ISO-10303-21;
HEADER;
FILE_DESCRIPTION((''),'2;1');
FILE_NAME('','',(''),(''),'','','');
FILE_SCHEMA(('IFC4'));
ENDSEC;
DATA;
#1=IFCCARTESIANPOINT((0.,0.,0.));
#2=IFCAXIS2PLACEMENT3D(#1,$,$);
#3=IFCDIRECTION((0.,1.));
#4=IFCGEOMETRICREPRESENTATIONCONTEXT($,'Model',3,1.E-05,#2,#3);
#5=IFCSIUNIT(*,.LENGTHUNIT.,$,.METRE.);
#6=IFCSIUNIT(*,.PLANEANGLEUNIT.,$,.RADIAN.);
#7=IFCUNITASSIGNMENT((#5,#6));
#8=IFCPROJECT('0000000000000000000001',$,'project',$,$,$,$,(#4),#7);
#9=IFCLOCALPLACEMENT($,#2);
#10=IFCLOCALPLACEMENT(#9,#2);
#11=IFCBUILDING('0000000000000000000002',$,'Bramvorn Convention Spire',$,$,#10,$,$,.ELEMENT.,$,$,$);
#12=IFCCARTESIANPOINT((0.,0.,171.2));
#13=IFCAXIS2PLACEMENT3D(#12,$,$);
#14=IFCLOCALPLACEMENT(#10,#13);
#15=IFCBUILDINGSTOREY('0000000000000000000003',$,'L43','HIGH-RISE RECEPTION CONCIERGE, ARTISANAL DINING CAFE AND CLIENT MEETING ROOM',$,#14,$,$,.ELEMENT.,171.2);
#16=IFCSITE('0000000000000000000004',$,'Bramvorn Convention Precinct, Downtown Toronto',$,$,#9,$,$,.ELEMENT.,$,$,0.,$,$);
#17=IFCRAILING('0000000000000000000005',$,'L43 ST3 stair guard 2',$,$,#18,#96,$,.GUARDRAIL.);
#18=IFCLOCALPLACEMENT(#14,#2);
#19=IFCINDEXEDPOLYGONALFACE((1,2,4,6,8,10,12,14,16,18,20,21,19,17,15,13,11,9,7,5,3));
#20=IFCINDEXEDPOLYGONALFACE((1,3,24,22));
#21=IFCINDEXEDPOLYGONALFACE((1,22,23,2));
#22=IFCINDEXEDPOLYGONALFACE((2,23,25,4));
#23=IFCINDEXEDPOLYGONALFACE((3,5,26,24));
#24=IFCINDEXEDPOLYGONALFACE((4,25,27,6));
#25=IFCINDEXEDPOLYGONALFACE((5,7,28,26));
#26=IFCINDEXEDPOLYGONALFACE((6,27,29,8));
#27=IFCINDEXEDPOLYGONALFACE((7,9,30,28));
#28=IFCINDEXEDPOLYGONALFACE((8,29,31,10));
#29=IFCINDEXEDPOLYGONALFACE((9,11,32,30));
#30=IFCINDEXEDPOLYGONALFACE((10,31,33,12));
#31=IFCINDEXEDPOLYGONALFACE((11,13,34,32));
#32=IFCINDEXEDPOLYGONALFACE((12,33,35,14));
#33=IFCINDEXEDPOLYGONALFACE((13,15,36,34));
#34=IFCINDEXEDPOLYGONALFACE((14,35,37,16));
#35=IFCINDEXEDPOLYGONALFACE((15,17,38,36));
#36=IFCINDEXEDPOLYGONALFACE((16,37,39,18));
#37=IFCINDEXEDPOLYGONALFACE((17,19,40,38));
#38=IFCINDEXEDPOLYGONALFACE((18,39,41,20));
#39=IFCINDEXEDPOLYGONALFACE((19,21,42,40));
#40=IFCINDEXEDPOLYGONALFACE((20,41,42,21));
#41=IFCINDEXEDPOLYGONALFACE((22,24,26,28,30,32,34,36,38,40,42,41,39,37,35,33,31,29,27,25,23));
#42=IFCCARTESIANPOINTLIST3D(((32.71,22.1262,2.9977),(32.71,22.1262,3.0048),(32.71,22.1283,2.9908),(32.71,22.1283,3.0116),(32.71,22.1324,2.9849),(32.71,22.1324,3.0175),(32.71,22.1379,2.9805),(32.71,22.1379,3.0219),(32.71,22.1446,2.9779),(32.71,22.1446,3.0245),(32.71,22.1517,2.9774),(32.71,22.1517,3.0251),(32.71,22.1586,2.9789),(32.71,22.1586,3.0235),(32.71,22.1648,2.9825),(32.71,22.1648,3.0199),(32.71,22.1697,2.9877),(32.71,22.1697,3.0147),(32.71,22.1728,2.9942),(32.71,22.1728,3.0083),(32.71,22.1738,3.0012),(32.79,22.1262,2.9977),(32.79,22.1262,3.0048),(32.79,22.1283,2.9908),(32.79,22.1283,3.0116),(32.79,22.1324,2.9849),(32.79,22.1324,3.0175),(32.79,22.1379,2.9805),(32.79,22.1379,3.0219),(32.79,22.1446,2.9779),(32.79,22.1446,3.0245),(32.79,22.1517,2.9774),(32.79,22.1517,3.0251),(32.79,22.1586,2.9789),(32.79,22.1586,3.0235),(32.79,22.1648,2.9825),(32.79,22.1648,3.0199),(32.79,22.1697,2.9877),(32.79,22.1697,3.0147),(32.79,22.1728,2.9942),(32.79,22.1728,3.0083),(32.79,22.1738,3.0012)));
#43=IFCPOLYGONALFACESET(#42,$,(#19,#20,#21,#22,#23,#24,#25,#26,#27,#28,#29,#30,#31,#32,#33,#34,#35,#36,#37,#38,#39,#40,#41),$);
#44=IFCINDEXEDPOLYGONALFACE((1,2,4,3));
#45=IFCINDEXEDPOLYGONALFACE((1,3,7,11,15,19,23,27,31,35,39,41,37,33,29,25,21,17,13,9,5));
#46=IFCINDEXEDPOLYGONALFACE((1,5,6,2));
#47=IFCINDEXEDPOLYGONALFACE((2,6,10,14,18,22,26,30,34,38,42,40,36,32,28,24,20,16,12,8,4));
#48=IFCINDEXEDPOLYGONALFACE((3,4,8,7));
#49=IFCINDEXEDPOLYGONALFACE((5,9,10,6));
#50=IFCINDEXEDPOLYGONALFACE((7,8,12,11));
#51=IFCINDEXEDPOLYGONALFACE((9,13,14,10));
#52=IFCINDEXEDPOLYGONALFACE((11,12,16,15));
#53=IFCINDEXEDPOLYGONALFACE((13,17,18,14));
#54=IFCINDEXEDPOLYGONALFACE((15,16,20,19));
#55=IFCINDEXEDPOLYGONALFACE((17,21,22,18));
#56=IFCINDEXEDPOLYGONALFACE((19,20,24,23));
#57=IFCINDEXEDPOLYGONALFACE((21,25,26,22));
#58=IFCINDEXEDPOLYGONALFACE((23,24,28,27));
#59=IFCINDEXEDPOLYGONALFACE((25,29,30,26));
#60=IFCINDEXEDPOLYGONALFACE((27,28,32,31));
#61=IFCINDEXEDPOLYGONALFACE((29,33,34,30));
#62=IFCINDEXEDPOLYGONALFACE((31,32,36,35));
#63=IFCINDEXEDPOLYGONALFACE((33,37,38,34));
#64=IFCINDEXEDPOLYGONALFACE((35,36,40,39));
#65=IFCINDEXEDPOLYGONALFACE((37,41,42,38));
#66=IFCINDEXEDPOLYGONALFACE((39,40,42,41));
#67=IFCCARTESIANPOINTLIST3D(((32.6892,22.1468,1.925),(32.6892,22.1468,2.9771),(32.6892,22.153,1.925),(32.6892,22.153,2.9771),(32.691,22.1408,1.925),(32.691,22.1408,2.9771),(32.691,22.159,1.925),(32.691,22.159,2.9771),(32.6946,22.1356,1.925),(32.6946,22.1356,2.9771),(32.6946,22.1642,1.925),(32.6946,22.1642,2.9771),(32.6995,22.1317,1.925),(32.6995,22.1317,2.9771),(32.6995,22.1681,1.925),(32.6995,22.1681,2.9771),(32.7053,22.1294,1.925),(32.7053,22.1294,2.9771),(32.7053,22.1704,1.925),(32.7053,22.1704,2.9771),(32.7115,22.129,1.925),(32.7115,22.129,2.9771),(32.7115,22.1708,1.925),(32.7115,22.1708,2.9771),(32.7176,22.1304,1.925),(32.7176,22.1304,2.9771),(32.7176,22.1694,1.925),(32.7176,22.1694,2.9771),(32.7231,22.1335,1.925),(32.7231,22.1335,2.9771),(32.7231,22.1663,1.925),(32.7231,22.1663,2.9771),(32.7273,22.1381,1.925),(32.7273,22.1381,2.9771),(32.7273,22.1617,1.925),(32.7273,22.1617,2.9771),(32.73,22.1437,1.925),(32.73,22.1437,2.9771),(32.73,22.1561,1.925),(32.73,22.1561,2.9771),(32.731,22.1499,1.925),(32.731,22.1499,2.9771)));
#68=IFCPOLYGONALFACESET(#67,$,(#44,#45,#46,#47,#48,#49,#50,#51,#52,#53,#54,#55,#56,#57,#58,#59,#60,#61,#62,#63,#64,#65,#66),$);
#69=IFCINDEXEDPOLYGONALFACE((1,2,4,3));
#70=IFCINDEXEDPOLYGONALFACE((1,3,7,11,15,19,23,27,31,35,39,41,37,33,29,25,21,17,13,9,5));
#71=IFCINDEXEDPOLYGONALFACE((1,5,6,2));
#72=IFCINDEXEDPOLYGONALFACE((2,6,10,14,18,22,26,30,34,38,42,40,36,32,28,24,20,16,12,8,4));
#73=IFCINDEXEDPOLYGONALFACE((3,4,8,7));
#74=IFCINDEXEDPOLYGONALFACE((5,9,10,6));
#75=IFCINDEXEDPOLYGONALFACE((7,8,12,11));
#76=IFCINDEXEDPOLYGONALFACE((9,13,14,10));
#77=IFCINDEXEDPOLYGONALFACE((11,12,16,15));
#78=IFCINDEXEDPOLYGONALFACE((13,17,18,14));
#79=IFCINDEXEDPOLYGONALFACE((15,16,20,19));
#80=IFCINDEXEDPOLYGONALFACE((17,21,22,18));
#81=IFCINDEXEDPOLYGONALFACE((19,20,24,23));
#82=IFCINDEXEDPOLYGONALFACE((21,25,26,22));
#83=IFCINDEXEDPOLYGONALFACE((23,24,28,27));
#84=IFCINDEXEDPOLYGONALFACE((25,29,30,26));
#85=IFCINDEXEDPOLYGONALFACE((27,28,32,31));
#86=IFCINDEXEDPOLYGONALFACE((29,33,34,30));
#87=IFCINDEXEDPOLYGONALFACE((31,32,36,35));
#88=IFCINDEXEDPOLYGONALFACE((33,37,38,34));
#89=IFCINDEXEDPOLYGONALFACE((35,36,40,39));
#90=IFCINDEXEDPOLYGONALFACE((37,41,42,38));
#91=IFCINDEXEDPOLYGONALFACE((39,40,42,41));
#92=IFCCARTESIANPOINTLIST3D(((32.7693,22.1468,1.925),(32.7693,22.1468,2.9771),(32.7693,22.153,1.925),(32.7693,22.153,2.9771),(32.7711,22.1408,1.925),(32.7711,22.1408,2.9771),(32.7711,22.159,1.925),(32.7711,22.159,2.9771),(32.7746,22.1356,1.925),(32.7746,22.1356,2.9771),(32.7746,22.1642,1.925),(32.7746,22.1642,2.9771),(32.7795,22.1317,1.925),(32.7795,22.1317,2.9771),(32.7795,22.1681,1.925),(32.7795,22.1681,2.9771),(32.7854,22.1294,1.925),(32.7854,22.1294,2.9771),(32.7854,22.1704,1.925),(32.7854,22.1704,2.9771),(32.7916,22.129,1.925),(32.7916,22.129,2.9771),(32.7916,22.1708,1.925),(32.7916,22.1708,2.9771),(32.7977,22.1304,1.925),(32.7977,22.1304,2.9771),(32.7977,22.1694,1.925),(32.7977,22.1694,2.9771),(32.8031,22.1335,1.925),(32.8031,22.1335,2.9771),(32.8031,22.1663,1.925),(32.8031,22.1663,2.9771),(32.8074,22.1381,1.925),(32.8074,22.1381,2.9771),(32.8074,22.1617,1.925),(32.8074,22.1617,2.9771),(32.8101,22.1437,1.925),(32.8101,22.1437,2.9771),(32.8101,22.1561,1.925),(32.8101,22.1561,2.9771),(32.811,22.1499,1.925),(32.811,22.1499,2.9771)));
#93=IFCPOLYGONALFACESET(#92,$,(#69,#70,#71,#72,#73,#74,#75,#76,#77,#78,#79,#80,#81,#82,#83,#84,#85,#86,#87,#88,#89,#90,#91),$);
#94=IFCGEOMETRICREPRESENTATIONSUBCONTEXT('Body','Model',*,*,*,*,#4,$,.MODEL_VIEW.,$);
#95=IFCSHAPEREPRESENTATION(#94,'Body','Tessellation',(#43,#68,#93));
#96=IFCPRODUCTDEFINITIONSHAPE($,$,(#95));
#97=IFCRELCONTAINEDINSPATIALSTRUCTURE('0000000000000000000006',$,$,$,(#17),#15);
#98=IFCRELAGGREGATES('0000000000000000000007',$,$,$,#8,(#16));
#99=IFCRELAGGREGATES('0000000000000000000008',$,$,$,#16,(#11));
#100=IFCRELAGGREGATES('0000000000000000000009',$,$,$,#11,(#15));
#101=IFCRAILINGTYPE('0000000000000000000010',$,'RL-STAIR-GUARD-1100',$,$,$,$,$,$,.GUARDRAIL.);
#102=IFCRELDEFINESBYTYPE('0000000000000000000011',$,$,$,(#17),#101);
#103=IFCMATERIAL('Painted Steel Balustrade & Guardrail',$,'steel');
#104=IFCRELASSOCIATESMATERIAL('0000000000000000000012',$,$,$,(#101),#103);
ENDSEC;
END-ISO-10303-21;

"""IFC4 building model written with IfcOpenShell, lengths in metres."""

from ifc_helpers import new_model, si_unit, direction, frame, origin, origin_2d, place, context, subcontext, project, spatial, circle, extrude, material, type_object, element, save


model = new_model("IFC4")

# Units and contexts
model_context = context("Model", 3, precision=1e-05, world=origin(), true_north=direction((0.0, 1.0)))
body_context = subcontext(model_context, "Body", "Model", "MODEL_VIEW")
ifc_project = project(units=[si_unit("LENGTHUNIT", "METRE"), si_unit("PLANEANGLEUNIT", "RADIAN")], contexts=[model_context])

# Site, building, storey
site_placement = place(None, origin())
site = spatial("IfcSite", under=ifc_project, at=site_placement, Name="Bramvorn Convention Precinct, Downtown Toronto", CompositionType="ELEMENT", RefElevation=0.0)
building_placement = place(site_placement, origin())
building = spatial("IfcBuilding", under=site, at=building_placement, Name="Bramvorn Convention Spire", CompositionType="ELEMENT")
storey_placement = place(building_placement, frame((0.0, 0.0, 171.2)))
storey = spatial("IfcBuildingStorey", under=building, at=storey_placement, Name="L43", Description="HIGH-RISE RECEPTION CONCIERGE, ARTISANAL DINING CAFE AND CLIENT MEETING ROOM", CompositionType="ELEMENT", Elevation=171.2)

# Railing
ifc_material_1 = material(Name="Painted Steel Balustrade & Guardrail", Category="steel")
railing_type_1 = type_object("IfcRailingType", Name="RL-STAIR-GUARD-1100", PredefinedType="GUARDRAIL", material=ifc_material_1)
railing_1_placement = place(storey_placement, frame((32.71, 22.1499, 1.925)))
element("IfcRailing", 1, at=railing_1_placement, inside=storey, type_object=railing_type_1, Name="L43 ST3 stair guard 2", PredefinedType="GUARDRAIL", context=body_context, shape_type="SweptSolid", body=[
    extrude(circle(Radius=0.0239, at=origin_2d()), frame((0.0, 0.0, 1.0762), z_axis=(1.0, 0.0, 0.0), x_axis=(0.0, 1.0, 0.0)), (0.0, 0.0, 1.0), 0.0801),
    extrude(circle(Radius=0.021, at=origin_2d()), origin(), (0.0, 0.0, 1.0), 1.052),
    extrude(circle(Radius=0.021, at=origin_2d()), frame((0.0801, 0.0, 0.0)), (0.0, 0.0, 1.0), 1.052),
])

save(model, "model.ifc")
